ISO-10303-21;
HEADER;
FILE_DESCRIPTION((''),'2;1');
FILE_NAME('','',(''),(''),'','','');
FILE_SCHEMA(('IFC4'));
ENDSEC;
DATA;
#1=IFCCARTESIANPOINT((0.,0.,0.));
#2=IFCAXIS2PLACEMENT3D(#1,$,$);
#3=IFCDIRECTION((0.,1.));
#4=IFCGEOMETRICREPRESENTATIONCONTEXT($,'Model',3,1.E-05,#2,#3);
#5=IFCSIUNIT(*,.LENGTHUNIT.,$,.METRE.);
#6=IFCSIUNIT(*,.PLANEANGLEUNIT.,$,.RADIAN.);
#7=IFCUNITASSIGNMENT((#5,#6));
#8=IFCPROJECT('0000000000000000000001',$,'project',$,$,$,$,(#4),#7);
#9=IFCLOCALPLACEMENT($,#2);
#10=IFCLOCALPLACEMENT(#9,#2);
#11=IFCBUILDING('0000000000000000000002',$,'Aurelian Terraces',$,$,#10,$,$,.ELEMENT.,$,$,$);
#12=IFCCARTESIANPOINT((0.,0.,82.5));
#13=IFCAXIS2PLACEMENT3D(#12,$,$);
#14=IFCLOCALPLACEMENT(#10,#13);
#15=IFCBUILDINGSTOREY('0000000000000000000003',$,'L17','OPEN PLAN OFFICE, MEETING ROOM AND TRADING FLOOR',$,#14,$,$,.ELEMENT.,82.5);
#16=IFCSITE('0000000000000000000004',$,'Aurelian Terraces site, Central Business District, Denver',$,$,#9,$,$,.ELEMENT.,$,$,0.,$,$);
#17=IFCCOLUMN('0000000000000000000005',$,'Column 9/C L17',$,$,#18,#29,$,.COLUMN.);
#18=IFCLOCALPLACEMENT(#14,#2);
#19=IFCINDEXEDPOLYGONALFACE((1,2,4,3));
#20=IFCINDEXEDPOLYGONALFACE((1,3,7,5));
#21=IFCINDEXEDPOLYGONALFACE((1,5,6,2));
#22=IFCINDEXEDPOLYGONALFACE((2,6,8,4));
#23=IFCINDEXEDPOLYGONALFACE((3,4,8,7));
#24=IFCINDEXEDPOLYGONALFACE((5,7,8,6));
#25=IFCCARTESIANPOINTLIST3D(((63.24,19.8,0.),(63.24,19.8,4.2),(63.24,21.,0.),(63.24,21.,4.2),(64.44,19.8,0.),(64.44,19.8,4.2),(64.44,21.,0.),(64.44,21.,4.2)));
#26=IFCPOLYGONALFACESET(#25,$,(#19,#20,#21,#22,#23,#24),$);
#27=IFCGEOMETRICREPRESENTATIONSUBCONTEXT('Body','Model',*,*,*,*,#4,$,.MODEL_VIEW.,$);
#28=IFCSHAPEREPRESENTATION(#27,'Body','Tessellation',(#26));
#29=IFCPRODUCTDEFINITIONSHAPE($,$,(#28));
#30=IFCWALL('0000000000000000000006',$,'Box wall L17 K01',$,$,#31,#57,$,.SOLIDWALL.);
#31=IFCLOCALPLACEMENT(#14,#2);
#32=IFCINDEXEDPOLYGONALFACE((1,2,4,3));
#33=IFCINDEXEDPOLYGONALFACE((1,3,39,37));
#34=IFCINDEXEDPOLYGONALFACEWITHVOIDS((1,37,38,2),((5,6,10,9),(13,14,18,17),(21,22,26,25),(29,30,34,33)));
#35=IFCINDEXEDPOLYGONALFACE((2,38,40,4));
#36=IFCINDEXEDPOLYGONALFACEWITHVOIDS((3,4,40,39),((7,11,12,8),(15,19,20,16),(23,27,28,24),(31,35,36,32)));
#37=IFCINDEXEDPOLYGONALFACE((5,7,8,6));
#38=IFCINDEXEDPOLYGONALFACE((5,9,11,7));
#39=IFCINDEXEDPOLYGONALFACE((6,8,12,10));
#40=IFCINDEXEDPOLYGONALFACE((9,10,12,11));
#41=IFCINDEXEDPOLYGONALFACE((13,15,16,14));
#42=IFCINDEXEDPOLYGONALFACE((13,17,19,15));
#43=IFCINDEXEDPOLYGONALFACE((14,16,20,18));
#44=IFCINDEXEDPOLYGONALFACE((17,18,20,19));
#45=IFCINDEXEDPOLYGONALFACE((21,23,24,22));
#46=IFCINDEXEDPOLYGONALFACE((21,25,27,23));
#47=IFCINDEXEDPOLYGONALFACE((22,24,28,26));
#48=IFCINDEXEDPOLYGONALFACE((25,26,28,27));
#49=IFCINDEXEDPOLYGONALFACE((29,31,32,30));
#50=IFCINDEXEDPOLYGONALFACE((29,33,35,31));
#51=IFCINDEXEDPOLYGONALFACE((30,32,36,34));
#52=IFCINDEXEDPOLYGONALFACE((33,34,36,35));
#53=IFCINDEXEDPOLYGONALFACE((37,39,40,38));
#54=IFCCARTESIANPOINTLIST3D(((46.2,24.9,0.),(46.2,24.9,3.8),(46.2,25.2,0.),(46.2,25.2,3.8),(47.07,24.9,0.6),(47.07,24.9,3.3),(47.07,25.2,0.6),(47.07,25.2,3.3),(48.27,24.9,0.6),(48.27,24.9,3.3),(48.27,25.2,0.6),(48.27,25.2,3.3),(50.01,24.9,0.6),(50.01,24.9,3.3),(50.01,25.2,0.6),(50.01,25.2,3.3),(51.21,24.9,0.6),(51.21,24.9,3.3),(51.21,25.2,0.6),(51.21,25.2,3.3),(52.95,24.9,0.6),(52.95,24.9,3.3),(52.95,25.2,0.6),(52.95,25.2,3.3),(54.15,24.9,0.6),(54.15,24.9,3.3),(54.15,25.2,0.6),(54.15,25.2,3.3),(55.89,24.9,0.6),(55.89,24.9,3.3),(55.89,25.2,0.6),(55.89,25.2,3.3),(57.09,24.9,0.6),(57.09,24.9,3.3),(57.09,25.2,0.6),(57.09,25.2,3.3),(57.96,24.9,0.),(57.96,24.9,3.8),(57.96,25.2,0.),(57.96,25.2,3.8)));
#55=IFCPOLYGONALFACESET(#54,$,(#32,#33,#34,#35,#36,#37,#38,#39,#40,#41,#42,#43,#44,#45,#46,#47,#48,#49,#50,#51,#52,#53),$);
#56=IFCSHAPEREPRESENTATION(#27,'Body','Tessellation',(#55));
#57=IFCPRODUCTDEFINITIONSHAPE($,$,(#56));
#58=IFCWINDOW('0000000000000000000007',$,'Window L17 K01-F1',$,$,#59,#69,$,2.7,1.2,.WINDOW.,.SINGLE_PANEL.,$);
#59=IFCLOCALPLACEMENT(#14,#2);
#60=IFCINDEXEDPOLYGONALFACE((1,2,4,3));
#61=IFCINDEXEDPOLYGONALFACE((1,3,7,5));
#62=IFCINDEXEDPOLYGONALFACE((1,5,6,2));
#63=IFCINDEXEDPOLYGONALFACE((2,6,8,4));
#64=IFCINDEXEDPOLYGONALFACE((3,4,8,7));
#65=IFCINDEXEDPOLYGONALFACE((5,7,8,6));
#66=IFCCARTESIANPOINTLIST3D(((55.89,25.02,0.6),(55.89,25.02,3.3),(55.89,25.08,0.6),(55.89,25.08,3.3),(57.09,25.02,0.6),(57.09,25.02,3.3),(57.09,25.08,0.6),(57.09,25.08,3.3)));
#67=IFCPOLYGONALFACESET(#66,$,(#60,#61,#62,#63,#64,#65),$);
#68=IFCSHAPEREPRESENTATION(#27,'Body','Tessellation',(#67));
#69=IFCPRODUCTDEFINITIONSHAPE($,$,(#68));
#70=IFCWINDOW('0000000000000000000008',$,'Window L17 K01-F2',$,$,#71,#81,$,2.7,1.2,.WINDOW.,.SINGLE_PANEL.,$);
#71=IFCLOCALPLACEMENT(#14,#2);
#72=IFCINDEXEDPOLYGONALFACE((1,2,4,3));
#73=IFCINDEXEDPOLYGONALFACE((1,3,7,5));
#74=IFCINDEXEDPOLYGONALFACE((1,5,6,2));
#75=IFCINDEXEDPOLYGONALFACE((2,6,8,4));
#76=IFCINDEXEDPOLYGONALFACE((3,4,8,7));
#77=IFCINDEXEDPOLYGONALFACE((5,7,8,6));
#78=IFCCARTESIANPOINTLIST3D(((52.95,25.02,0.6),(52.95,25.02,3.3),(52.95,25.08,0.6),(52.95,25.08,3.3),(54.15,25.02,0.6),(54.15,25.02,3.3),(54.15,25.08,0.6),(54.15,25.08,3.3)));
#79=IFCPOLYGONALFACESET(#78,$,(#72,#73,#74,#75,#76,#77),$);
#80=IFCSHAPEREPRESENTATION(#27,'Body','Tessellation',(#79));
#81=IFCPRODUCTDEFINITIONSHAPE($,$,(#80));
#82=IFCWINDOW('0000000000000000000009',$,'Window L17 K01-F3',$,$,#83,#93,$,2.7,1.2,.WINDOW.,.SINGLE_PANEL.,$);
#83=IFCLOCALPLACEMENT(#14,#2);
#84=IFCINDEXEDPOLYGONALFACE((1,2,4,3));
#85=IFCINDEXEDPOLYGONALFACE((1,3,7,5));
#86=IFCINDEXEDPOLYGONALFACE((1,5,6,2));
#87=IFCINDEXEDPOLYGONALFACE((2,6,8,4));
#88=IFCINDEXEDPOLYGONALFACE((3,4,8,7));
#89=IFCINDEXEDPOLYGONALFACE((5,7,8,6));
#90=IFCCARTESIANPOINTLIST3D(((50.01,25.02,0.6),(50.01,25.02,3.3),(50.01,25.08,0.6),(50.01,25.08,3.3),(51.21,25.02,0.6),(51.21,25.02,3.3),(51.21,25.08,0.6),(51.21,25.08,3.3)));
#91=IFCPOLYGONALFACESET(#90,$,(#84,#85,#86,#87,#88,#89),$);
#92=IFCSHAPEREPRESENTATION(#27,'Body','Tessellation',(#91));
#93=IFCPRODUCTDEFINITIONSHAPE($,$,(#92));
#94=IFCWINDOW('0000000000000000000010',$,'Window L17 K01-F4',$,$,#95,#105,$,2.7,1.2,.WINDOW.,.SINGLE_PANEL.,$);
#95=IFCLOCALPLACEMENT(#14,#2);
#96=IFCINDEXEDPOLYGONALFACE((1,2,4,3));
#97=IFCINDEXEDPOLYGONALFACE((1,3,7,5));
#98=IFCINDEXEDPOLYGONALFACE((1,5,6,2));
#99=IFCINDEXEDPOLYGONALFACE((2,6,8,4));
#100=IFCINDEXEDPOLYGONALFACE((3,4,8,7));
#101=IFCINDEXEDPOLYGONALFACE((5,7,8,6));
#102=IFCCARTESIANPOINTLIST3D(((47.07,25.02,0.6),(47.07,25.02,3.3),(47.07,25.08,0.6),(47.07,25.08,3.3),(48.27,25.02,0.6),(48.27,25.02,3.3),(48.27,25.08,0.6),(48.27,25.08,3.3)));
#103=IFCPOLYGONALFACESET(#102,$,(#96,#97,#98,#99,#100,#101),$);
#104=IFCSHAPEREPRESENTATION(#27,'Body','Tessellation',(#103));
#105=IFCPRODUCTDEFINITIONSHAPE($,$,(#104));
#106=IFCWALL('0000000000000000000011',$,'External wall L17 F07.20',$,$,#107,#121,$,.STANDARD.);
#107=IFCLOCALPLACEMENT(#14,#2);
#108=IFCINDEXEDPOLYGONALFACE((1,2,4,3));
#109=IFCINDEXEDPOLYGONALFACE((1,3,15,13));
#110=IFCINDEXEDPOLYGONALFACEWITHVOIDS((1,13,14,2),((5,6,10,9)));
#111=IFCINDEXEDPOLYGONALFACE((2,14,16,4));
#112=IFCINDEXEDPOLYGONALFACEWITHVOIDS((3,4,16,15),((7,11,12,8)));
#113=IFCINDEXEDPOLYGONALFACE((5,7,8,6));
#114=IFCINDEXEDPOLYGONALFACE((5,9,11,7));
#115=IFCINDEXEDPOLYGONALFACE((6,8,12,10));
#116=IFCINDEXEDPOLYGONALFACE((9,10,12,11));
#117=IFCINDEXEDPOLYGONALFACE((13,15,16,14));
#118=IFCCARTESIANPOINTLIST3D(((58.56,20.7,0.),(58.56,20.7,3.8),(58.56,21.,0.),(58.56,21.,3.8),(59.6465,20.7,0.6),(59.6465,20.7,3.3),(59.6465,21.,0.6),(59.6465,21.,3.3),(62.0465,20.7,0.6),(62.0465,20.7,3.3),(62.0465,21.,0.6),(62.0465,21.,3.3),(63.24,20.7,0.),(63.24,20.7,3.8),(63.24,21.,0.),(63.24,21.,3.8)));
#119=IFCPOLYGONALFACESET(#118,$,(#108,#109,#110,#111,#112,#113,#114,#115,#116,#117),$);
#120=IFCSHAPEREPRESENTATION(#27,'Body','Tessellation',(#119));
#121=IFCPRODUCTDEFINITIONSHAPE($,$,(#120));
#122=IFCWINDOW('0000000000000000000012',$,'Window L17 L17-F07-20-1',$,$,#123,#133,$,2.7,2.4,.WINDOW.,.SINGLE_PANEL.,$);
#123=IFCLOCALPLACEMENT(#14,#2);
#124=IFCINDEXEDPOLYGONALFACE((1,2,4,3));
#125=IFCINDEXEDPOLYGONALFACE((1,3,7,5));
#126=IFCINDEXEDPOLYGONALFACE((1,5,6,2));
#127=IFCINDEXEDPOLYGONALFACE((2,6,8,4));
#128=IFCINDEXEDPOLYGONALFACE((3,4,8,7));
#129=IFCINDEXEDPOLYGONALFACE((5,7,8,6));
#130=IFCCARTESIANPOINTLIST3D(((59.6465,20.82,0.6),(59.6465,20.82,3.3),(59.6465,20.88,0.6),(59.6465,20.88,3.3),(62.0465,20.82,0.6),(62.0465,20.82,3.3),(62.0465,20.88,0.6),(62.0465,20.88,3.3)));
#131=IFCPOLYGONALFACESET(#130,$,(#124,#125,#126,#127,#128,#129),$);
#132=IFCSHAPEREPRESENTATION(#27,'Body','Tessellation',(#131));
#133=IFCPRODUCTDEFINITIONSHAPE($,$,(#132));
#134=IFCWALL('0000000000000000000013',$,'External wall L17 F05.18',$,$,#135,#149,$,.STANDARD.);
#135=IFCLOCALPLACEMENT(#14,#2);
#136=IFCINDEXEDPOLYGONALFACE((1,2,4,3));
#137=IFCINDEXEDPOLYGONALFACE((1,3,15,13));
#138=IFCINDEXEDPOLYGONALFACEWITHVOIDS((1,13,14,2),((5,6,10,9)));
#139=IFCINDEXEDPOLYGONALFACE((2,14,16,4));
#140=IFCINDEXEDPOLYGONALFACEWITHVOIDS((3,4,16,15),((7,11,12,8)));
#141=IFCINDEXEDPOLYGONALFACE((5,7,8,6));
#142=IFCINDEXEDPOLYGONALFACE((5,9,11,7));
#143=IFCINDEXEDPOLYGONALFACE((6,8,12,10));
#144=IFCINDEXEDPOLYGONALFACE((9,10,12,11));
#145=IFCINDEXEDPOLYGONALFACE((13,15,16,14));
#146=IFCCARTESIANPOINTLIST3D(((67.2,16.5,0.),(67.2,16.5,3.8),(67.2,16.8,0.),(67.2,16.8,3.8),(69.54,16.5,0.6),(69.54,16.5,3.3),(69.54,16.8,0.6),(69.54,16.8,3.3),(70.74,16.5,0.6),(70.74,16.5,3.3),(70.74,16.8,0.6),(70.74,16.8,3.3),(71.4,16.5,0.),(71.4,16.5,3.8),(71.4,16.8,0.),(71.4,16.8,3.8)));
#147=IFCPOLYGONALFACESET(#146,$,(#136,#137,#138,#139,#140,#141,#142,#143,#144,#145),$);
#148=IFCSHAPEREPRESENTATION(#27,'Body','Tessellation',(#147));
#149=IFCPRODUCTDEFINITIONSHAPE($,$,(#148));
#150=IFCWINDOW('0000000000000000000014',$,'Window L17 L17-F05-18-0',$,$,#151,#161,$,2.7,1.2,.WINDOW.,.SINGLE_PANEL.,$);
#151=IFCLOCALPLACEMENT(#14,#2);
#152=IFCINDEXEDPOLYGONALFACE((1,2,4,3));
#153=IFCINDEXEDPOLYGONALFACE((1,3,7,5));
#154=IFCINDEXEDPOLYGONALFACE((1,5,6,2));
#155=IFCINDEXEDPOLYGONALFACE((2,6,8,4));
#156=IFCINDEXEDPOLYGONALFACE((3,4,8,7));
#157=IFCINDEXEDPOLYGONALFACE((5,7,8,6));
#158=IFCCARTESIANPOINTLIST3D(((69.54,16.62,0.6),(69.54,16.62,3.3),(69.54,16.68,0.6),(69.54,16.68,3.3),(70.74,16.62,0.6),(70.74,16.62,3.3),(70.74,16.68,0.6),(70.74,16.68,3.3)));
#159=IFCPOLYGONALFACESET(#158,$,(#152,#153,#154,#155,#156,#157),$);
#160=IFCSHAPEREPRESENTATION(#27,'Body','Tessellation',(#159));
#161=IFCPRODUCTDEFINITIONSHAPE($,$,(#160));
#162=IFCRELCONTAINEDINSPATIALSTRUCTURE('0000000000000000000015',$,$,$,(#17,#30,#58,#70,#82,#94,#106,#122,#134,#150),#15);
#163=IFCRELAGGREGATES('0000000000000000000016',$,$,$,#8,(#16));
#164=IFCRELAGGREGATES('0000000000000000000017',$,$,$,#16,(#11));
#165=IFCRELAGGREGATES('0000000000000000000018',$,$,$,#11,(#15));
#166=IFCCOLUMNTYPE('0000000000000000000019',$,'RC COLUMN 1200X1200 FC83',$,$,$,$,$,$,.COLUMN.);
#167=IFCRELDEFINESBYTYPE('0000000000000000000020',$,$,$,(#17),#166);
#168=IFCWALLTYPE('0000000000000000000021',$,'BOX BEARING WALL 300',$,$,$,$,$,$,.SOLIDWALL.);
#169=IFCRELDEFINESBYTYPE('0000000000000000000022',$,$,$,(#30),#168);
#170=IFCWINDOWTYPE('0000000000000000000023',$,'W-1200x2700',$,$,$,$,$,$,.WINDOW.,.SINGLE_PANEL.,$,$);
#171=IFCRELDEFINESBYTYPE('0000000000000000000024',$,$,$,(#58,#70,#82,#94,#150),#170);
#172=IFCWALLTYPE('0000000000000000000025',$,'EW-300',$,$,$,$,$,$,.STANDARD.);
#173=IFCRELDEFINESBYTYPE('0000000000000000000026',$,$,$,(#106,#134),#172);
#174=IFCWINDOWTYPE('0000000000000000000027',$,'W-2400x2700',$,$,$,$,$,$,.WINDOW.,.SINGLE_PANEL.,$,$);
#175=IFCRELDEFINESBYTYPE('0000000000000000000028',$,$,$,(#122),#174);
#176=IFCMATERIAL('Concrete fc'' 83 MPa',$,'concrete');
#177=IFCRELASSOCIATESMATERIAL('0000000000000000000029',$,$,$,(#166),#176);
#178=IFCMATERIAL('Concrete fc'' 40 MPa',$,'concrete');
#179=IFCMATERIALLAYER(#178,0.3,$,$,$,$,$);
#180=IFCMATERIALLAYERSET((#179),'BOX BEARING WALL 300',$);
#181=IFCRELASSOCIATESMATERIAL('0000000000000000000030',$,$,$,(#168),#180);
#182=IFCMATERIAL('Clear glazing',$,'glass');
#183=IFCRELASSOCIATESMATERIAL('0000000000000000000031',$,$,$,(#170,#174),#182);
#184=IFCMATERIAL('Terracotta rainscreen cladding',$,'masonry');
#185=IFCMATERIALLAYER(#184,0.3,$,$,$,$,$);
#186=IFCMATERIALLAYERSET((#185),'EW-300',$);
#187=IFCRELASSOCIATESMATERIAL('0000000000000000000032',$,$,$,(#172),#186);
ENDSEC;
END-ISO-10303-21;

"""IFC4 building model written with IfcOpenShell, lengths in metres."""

from ifc_helpers import new_model, si_unit, direction, frame, frame_2d, origin, origin_2d, place, context, subcontext, project, spatial, rectangle, extrude, source, transform, mapped, material, layer, layer_set, material_profile, profile_set, type_object, element, fill, save


model = new_model("IFC4")

# Units and contexts
model_context = context("Model", 3, precision=1e-05, world=origin(), true_north=direction((0.0, 1.0)))
body_context = subcontext(model_context, "Body", "Model", "MODEL_VIEW")
ifc_project = project(units=[si_unit("LENGTHUNIT", "METRE"), si_unit("PLANEANGLEUNIT", "RADIAN")], contexts=[model_context])

# Site, building, storey
site_placement = place(None, origin())
site = spatial("IfcSite", under=ifc_project, at=site_placement, Name="Aurelian Terraces site, Central Business District, Denver", CompositionType="ELEMENT", RefElevation=0.0)
building_placement = place(site_placement, origin())
building = spatial("IfcBuilding", under=site, at=building_placement, Name="Aurelian Terraces", CompositionType="ELEMENT")
storey_placement = place(building_placement, frame((0.0, 0.0, 82.5)))
storey = spatial("IfcBuildingStorey", under=building, at=storey_placement, Name="L17", Description="OPEN PLAN OFFICE, MEETING ROOM AND TRADING FLOOR", CompositionType="ELEMENT", Elevation=82.5)

# Column
ifc_material_1 = material(Name="Concrete fc' 83 MPa", Category="concrete")
ifc_material_profile = material_profile(ifc_material_1, rectangle(XDim=1.2, YDim=1.2, at=origin_2d()))
ifc_profile_set = profile_set([ifc_material_profile], Name="Concrete fc' 83 MPa")
column_type = type_object("IfcColumnType", Name="RC COLUMN 1200X1200 FC83", PredefinedType="COLUMN", material=ifc_profile_set)
shared_shape_1 = source(origin(), body_context, "Body", "SweptSolid", [
    extrude(rectangle(XDim=1.2, YDim=1.2, at=origin_2d()), origin(), (0.0, 0.0, 1.0), 4.2),
])
column_placement = place(storey_placement, frame((63.84, 20.4, 0.0), z_axis=(0.0, 0.0, 1.0), x_axis=(1.0, 0.0, 0.0)))
element("IfcColumn", 1, at=column_placement, inside=storey, type_object=column_type, Name="Column 9/C L17", PredefinedType="COLUMN", context=body_context, shape_type="MappedRepresentation", body=[
    mapped(shared_shape_1, transform((0.0, 0.0, 0.0), scale=1.0)),
])

# Wall, openings, windows
ifc_material_2 = material(Name="Concrete fc' 40 MPa", Category="concrete")
ifc_layer_1 = layer(ifc_material_2, 0.3)
ifc_layer_set_1 = layer_set([ifc_layer_1], Name="BOX BEARING WALL 300")
wall_type_1 = type_object("IfcWallType", Name="BOX BEARING WALL 300", PredefinedType="SOLIDWALL", material=ifc_layer_set_1)
wall_1_placement = place(storey_placement, frame((57.96, 25.05, 0.0), z_axis=(0.0, 0.0, 1.0), x_axis=(-1.0, 0.0, 0.0)))
wall_1 = element("IfcWall", 2, at=wall_1_placement, inside=storey, type_object=wall_type_1, Name="Box wall L17 K01", PredefinedType="SOLIDWALL", context=body_context, shape_type="SweptSolid", body=[
    extrude(rectangle(XDim=11.76, YDim=0.3, at=frame_2d((5.88, 0.0))), origin(), (0.0, 0.0, 1.0), 3.8),
])
shared_shape_2 = source(origin(), body_context, "Body", "SweptSolid", [
    extrude(rectangle(XDim=1.2, YDim=2.7, at=frame_2d((0.6, 1.35))), frame((0.0, 0.16, 0.0), z_axis=(0.0, -1.0, 0.0), x_axis=(1.0, 0.0, 0.0)), (0.0, 0.0, 1.0), 0.32),
])
opening_1_placement = place(wall_1_placement, frame((0.87, 0.0, 0.6)))
opening_1 = element("IfcOpeningElement", 3, at=opening_1_placement, cuts=wall_1, PredefinedType="OPENING", context=body_context, shape_type="MappedRepresentation", body=[
    mapped(shared_shape_2, transform((0.0, 0.0, 0.0), scale=1.0)),
])
opening_2_placement = place(wall_1_placement, frame((3.81, 0.0, 0.6)))
opening_2 = element("IfcOpeningElement", 4, at=opening_2_placement, cuts=wall_1, PredefinedType="OPENING", context=body_context, shape_type="MappedRepresentation", body=[
    mapped(shared_shape_2, transform((0.0, 0.0, 0.0), scale=1.0)),
])
opening_3_placement = place(wall_1_placement, frame((6.75, 0.0, 0.6)))
opening_3 = element("IfcOpeningElement", 5, at=opening_3_placement, cuts=wall_1, PredefinedType="OPENING", context=body_context, shape_type="MappedRepresentation", body=[
    mapped(shared_shape_2, transform((0.0, 0.0, 0.0), scale=1.0)),
])
opening_4_placement = place(wall_1_placement, frame((9.69, 0.0, 0.6)))
opening_4 = element("IfcOpeningElement", 6, at=opening_4_placement, cuts=wall_1, PredefinedType="OPENING", context=body_context, shape_type="MappedRepresentation", body=[
    mapped(shared_shape_2, transform((0.0, 0.0, 0.0), scale=1.0)),
])
ifc_material_3 = material(Name="Clear glazing", Category="glass")
window_type_1 = type_object("IfcWindowType", Name="W-1200x2700", PartitioningType="SINGLE_PANEL", PredefinedType="WINDOW", material=ifc_material_3)
shared_shape_3 = source(origin(), body_context, "Body", "SweptSolid", [
    extrude(rectangle(XDim=1.2, YDim=2.7, at=frame_2d((0.6, 1.35))), frame((0.0, 0.03, 0.0), z_axis=(0.0, -1.0, 0.0), x_axis=(1.0, 0.0, 0.0)), (0.0, 0.0, 1.0), 0.06),
])
window_1_placement = place(opening_1_placement, origin())
window_1 = element("IfcWindow", 7, at=window_1_placement, inside=storey, type_object=window_type_1, Name="Window L17 K01-F1", OverallHeight=2.7, OverallWidth=1.2, PartitioningType="SINGLE_PANEL", PredefinedType="WINDOW", context=body_context, shape_type="MappedRepresentation", body=[
    mapped(shared_shape_3, transform((0.0, 0.0, 0.0), scale=1.0)),
])
fill(opening_1, window_1)
window_2_placement = place(opening_2_placement, origin())
window_2 = element("IfcWindow", 8, at=window_2_placement, inside=storey, type_object=window_type_1, Name="Window L17 K01-F2", OverallHeight=2.7, OverallWidth=1.2, PartitioningType="SINGLE_PANEL", PredefinedType="WINDOW", context=body_context, shape_type="MappedRepresentation", body=[
    mapped(shared_shape_3, transform((0.0, 0.0, 0.0), scale=1.0)),
])
fill(opening_2, window_2)
window_3_placement = place(opening_3_placement, origin())
window_3 = element("IfcWindow", 9, at=window_3_placement, inside=storey, type_object=window_type_1, Name="Window L17 K01-F3", OverallHeight=2.7, OverallWidth=1.2, PartitioningType="SINGLE_PANEL", PredefinedType="WINDOW", context=body_context, shape_type="MappedRepresentation", body=[
    mapped(shared_shape_3, transform((0.0, 0.0, 0.0), scale=1.0)),
])
fill(opening_3, window_3)
window_4_placement = place(opening_4_placement, origin())
window_4 = element("IfcWindow", 10, at=window_4_placement, inside=storey, type_object=window_type_1, Name="Window L17 K01-F4", OverallHeight=2.7, OverallWidth=1.2, PartitioningType="SINGLE_PANEL", PredefinedType="WINDOW", context=body_context, shape_type="MappedRepresentation", body=[
    mapped(shared_shape_3, transform((0.0, 0.0, 0.0), scale=1.0)),
])
fill(opening_4, window_4)

# Walls, openings, windows
ifc_material_4 = material(Name="Terracotta rainscreen cladding", Category="masonry")
ifc_layer_2 = layer(ifc_material_4, 0.3)
ifc_layer_set_2 = layer_set([ifc_layer_2], Name="EW-300")
wall_type_2 = type_object("IfcWallType", Name="EW-300", PredefinedType="STANDARD", material=ifc_layer_set_2)
shared_shape_4 = source(origin(), body_context, "Body", "SweptSolid", [
    extrude(rectangle(XDim=4.68, YDim=0.3, at=frame_2d((2.34, 0.0))), origin(), (0.0, 0.0, 1.0), 3.8),
])
wall_2_placement = place(storey_placement, frame((63.24, 20.85, 0.0), z_axis=(0.0, 0.0, 1.0), x_axis=(-1.0, 0.0, 0.0)))
wall_2 = element("IfcWall", 11, at=wall_2_placement, inside=storey, type_object=wall_type_2, Name="External wall L17 F07.20", PredefinedType="STANDARD", context=body_context, shape_type="MappedRepresentation", body=[
    mapped(shared_shape_4, transform((0.0, 0.0, 0.0), scale=1.0)),
])
shared_shape_5 = source(origin(), body_context, "Body", "SweptSolid", [
    extrude(rectangle(XDim=2.4, YDim=2.7, at=frame_2d((1.2, 1.35))), frame((0.0, 0.16, 0.0), z_axis=(0.0, -1.0, 0.0), x_axis=(1.0, 0.0, 0.0)), (0.0, 0.0, 1.0), 0.32),
])
opening_5_placement = place(wall_2_placement, frame((1.1935, 0.0, 0.6)))
opening_5 = element("IfcOpeningElement", 12, at=opening_5_placement, cuts=wall_2, PredefinedType="OPENING", context=body_context, shape_type="MappedRepresentation", body=[
    mapped(shared_shape_5, transform((0.0, 0.0, 0.0), scale=1.0)),
])
window_type_2 = type_object("IfcWindowType", Name="W-2400x2700", PartitioningType="SINGLE_PANEL", PredefinedType="WINDOW", material=ifc_material_3)
shared_shape_6 = source(origin(), body_context, "Body", "SweptSolid", [
    extrude(rectangle(XDim=2.4, YDim=2.7, at=frame_2d((1.2, 1.35))), frame((0.0, 0.03, 0.0), z_axis=(0.0, -1.0, 0.0), x_axis=(1.0, 0.0, 0.0)), (0.0, 0.0, 1.0), 0.06),
])
window_5_placement = place(opening_5_placement, origin())
window_5 = element("IfcWindow", 13, at=window_5_placement, inside=storey, type_object=window_type_2, Name="Window L17 L17-F07-20-1", OverallHeight=2.7, OverallWidth=2.4, PartitioningType="SINGLE_PANEL", PredefinedType="WINDOW", context=body_context, shape_type="MappedRepresentation", body=[
    mapped(shared_shape_6, transform((0.0, 0.0, 0.0), scale=1.0)),
])
fill(opening_5, window_5)
shared_shape_7 = source(origin(), body_context, "Body", "SweptSolid", [
    extrude(rectangle(XDim=4.2, YDim=0.3, at=frame_2d((2.1, 0.0))), origin(), (0.0, 0.0, 1.0), 3.8),
])
wall_3_placement = place(storey_placement, frame((71.4, 16.65, 0.0), z_axis=(0.0, 0.0, 1.0), x_axis=(-1.0, 0.0, 0.0)))
wall_3 = element("IfcWall", 14, at=wall_3_placement, inside=storey, type_object=wall_type_2, Name="External wall L17 F05.18", PredefinedType="STANDARD", context=body_context, shape_type="MappedRepresentation", body=[
    mapped(shared_shape_7, transform((0.0, 0.0, 0.0), scale=1.0)),
])
opening_6_placement = place(wall_3_placement, frame((0.66, 0.0, 0.6)))
opening_6 = element("IfcOpeningElement", 15, at=opening_6_placement, cuts=wall_3, PredefinedType="OPENING", context=body_context, shape_type="MappedRepresentation", body=[
    mapped(shared_shape_2, transform((0.0, 0.0, 0.0), scale=1.0)),
])
window_6_placement = place(opening_6_placement, origin())
window_6 = element("IfcWindow", 16, at=window_6_placement, inside=storey, type_object=window_type_1, Name="Window L17 L17-F05-18-0", OverallHeight=2.7, OverallWidth=1.2, PartitioningType="SINGLE_PANEL", PredefinedType="WINDOW", context=body_context, shape_type="MappedRepresentation", body=[
    mapped(shared_shape_3, transform((0.0, 0.0, 0.0), scale=1.0)),
])
fill(opening_6, window_6)

save(model, "model.ifc")
